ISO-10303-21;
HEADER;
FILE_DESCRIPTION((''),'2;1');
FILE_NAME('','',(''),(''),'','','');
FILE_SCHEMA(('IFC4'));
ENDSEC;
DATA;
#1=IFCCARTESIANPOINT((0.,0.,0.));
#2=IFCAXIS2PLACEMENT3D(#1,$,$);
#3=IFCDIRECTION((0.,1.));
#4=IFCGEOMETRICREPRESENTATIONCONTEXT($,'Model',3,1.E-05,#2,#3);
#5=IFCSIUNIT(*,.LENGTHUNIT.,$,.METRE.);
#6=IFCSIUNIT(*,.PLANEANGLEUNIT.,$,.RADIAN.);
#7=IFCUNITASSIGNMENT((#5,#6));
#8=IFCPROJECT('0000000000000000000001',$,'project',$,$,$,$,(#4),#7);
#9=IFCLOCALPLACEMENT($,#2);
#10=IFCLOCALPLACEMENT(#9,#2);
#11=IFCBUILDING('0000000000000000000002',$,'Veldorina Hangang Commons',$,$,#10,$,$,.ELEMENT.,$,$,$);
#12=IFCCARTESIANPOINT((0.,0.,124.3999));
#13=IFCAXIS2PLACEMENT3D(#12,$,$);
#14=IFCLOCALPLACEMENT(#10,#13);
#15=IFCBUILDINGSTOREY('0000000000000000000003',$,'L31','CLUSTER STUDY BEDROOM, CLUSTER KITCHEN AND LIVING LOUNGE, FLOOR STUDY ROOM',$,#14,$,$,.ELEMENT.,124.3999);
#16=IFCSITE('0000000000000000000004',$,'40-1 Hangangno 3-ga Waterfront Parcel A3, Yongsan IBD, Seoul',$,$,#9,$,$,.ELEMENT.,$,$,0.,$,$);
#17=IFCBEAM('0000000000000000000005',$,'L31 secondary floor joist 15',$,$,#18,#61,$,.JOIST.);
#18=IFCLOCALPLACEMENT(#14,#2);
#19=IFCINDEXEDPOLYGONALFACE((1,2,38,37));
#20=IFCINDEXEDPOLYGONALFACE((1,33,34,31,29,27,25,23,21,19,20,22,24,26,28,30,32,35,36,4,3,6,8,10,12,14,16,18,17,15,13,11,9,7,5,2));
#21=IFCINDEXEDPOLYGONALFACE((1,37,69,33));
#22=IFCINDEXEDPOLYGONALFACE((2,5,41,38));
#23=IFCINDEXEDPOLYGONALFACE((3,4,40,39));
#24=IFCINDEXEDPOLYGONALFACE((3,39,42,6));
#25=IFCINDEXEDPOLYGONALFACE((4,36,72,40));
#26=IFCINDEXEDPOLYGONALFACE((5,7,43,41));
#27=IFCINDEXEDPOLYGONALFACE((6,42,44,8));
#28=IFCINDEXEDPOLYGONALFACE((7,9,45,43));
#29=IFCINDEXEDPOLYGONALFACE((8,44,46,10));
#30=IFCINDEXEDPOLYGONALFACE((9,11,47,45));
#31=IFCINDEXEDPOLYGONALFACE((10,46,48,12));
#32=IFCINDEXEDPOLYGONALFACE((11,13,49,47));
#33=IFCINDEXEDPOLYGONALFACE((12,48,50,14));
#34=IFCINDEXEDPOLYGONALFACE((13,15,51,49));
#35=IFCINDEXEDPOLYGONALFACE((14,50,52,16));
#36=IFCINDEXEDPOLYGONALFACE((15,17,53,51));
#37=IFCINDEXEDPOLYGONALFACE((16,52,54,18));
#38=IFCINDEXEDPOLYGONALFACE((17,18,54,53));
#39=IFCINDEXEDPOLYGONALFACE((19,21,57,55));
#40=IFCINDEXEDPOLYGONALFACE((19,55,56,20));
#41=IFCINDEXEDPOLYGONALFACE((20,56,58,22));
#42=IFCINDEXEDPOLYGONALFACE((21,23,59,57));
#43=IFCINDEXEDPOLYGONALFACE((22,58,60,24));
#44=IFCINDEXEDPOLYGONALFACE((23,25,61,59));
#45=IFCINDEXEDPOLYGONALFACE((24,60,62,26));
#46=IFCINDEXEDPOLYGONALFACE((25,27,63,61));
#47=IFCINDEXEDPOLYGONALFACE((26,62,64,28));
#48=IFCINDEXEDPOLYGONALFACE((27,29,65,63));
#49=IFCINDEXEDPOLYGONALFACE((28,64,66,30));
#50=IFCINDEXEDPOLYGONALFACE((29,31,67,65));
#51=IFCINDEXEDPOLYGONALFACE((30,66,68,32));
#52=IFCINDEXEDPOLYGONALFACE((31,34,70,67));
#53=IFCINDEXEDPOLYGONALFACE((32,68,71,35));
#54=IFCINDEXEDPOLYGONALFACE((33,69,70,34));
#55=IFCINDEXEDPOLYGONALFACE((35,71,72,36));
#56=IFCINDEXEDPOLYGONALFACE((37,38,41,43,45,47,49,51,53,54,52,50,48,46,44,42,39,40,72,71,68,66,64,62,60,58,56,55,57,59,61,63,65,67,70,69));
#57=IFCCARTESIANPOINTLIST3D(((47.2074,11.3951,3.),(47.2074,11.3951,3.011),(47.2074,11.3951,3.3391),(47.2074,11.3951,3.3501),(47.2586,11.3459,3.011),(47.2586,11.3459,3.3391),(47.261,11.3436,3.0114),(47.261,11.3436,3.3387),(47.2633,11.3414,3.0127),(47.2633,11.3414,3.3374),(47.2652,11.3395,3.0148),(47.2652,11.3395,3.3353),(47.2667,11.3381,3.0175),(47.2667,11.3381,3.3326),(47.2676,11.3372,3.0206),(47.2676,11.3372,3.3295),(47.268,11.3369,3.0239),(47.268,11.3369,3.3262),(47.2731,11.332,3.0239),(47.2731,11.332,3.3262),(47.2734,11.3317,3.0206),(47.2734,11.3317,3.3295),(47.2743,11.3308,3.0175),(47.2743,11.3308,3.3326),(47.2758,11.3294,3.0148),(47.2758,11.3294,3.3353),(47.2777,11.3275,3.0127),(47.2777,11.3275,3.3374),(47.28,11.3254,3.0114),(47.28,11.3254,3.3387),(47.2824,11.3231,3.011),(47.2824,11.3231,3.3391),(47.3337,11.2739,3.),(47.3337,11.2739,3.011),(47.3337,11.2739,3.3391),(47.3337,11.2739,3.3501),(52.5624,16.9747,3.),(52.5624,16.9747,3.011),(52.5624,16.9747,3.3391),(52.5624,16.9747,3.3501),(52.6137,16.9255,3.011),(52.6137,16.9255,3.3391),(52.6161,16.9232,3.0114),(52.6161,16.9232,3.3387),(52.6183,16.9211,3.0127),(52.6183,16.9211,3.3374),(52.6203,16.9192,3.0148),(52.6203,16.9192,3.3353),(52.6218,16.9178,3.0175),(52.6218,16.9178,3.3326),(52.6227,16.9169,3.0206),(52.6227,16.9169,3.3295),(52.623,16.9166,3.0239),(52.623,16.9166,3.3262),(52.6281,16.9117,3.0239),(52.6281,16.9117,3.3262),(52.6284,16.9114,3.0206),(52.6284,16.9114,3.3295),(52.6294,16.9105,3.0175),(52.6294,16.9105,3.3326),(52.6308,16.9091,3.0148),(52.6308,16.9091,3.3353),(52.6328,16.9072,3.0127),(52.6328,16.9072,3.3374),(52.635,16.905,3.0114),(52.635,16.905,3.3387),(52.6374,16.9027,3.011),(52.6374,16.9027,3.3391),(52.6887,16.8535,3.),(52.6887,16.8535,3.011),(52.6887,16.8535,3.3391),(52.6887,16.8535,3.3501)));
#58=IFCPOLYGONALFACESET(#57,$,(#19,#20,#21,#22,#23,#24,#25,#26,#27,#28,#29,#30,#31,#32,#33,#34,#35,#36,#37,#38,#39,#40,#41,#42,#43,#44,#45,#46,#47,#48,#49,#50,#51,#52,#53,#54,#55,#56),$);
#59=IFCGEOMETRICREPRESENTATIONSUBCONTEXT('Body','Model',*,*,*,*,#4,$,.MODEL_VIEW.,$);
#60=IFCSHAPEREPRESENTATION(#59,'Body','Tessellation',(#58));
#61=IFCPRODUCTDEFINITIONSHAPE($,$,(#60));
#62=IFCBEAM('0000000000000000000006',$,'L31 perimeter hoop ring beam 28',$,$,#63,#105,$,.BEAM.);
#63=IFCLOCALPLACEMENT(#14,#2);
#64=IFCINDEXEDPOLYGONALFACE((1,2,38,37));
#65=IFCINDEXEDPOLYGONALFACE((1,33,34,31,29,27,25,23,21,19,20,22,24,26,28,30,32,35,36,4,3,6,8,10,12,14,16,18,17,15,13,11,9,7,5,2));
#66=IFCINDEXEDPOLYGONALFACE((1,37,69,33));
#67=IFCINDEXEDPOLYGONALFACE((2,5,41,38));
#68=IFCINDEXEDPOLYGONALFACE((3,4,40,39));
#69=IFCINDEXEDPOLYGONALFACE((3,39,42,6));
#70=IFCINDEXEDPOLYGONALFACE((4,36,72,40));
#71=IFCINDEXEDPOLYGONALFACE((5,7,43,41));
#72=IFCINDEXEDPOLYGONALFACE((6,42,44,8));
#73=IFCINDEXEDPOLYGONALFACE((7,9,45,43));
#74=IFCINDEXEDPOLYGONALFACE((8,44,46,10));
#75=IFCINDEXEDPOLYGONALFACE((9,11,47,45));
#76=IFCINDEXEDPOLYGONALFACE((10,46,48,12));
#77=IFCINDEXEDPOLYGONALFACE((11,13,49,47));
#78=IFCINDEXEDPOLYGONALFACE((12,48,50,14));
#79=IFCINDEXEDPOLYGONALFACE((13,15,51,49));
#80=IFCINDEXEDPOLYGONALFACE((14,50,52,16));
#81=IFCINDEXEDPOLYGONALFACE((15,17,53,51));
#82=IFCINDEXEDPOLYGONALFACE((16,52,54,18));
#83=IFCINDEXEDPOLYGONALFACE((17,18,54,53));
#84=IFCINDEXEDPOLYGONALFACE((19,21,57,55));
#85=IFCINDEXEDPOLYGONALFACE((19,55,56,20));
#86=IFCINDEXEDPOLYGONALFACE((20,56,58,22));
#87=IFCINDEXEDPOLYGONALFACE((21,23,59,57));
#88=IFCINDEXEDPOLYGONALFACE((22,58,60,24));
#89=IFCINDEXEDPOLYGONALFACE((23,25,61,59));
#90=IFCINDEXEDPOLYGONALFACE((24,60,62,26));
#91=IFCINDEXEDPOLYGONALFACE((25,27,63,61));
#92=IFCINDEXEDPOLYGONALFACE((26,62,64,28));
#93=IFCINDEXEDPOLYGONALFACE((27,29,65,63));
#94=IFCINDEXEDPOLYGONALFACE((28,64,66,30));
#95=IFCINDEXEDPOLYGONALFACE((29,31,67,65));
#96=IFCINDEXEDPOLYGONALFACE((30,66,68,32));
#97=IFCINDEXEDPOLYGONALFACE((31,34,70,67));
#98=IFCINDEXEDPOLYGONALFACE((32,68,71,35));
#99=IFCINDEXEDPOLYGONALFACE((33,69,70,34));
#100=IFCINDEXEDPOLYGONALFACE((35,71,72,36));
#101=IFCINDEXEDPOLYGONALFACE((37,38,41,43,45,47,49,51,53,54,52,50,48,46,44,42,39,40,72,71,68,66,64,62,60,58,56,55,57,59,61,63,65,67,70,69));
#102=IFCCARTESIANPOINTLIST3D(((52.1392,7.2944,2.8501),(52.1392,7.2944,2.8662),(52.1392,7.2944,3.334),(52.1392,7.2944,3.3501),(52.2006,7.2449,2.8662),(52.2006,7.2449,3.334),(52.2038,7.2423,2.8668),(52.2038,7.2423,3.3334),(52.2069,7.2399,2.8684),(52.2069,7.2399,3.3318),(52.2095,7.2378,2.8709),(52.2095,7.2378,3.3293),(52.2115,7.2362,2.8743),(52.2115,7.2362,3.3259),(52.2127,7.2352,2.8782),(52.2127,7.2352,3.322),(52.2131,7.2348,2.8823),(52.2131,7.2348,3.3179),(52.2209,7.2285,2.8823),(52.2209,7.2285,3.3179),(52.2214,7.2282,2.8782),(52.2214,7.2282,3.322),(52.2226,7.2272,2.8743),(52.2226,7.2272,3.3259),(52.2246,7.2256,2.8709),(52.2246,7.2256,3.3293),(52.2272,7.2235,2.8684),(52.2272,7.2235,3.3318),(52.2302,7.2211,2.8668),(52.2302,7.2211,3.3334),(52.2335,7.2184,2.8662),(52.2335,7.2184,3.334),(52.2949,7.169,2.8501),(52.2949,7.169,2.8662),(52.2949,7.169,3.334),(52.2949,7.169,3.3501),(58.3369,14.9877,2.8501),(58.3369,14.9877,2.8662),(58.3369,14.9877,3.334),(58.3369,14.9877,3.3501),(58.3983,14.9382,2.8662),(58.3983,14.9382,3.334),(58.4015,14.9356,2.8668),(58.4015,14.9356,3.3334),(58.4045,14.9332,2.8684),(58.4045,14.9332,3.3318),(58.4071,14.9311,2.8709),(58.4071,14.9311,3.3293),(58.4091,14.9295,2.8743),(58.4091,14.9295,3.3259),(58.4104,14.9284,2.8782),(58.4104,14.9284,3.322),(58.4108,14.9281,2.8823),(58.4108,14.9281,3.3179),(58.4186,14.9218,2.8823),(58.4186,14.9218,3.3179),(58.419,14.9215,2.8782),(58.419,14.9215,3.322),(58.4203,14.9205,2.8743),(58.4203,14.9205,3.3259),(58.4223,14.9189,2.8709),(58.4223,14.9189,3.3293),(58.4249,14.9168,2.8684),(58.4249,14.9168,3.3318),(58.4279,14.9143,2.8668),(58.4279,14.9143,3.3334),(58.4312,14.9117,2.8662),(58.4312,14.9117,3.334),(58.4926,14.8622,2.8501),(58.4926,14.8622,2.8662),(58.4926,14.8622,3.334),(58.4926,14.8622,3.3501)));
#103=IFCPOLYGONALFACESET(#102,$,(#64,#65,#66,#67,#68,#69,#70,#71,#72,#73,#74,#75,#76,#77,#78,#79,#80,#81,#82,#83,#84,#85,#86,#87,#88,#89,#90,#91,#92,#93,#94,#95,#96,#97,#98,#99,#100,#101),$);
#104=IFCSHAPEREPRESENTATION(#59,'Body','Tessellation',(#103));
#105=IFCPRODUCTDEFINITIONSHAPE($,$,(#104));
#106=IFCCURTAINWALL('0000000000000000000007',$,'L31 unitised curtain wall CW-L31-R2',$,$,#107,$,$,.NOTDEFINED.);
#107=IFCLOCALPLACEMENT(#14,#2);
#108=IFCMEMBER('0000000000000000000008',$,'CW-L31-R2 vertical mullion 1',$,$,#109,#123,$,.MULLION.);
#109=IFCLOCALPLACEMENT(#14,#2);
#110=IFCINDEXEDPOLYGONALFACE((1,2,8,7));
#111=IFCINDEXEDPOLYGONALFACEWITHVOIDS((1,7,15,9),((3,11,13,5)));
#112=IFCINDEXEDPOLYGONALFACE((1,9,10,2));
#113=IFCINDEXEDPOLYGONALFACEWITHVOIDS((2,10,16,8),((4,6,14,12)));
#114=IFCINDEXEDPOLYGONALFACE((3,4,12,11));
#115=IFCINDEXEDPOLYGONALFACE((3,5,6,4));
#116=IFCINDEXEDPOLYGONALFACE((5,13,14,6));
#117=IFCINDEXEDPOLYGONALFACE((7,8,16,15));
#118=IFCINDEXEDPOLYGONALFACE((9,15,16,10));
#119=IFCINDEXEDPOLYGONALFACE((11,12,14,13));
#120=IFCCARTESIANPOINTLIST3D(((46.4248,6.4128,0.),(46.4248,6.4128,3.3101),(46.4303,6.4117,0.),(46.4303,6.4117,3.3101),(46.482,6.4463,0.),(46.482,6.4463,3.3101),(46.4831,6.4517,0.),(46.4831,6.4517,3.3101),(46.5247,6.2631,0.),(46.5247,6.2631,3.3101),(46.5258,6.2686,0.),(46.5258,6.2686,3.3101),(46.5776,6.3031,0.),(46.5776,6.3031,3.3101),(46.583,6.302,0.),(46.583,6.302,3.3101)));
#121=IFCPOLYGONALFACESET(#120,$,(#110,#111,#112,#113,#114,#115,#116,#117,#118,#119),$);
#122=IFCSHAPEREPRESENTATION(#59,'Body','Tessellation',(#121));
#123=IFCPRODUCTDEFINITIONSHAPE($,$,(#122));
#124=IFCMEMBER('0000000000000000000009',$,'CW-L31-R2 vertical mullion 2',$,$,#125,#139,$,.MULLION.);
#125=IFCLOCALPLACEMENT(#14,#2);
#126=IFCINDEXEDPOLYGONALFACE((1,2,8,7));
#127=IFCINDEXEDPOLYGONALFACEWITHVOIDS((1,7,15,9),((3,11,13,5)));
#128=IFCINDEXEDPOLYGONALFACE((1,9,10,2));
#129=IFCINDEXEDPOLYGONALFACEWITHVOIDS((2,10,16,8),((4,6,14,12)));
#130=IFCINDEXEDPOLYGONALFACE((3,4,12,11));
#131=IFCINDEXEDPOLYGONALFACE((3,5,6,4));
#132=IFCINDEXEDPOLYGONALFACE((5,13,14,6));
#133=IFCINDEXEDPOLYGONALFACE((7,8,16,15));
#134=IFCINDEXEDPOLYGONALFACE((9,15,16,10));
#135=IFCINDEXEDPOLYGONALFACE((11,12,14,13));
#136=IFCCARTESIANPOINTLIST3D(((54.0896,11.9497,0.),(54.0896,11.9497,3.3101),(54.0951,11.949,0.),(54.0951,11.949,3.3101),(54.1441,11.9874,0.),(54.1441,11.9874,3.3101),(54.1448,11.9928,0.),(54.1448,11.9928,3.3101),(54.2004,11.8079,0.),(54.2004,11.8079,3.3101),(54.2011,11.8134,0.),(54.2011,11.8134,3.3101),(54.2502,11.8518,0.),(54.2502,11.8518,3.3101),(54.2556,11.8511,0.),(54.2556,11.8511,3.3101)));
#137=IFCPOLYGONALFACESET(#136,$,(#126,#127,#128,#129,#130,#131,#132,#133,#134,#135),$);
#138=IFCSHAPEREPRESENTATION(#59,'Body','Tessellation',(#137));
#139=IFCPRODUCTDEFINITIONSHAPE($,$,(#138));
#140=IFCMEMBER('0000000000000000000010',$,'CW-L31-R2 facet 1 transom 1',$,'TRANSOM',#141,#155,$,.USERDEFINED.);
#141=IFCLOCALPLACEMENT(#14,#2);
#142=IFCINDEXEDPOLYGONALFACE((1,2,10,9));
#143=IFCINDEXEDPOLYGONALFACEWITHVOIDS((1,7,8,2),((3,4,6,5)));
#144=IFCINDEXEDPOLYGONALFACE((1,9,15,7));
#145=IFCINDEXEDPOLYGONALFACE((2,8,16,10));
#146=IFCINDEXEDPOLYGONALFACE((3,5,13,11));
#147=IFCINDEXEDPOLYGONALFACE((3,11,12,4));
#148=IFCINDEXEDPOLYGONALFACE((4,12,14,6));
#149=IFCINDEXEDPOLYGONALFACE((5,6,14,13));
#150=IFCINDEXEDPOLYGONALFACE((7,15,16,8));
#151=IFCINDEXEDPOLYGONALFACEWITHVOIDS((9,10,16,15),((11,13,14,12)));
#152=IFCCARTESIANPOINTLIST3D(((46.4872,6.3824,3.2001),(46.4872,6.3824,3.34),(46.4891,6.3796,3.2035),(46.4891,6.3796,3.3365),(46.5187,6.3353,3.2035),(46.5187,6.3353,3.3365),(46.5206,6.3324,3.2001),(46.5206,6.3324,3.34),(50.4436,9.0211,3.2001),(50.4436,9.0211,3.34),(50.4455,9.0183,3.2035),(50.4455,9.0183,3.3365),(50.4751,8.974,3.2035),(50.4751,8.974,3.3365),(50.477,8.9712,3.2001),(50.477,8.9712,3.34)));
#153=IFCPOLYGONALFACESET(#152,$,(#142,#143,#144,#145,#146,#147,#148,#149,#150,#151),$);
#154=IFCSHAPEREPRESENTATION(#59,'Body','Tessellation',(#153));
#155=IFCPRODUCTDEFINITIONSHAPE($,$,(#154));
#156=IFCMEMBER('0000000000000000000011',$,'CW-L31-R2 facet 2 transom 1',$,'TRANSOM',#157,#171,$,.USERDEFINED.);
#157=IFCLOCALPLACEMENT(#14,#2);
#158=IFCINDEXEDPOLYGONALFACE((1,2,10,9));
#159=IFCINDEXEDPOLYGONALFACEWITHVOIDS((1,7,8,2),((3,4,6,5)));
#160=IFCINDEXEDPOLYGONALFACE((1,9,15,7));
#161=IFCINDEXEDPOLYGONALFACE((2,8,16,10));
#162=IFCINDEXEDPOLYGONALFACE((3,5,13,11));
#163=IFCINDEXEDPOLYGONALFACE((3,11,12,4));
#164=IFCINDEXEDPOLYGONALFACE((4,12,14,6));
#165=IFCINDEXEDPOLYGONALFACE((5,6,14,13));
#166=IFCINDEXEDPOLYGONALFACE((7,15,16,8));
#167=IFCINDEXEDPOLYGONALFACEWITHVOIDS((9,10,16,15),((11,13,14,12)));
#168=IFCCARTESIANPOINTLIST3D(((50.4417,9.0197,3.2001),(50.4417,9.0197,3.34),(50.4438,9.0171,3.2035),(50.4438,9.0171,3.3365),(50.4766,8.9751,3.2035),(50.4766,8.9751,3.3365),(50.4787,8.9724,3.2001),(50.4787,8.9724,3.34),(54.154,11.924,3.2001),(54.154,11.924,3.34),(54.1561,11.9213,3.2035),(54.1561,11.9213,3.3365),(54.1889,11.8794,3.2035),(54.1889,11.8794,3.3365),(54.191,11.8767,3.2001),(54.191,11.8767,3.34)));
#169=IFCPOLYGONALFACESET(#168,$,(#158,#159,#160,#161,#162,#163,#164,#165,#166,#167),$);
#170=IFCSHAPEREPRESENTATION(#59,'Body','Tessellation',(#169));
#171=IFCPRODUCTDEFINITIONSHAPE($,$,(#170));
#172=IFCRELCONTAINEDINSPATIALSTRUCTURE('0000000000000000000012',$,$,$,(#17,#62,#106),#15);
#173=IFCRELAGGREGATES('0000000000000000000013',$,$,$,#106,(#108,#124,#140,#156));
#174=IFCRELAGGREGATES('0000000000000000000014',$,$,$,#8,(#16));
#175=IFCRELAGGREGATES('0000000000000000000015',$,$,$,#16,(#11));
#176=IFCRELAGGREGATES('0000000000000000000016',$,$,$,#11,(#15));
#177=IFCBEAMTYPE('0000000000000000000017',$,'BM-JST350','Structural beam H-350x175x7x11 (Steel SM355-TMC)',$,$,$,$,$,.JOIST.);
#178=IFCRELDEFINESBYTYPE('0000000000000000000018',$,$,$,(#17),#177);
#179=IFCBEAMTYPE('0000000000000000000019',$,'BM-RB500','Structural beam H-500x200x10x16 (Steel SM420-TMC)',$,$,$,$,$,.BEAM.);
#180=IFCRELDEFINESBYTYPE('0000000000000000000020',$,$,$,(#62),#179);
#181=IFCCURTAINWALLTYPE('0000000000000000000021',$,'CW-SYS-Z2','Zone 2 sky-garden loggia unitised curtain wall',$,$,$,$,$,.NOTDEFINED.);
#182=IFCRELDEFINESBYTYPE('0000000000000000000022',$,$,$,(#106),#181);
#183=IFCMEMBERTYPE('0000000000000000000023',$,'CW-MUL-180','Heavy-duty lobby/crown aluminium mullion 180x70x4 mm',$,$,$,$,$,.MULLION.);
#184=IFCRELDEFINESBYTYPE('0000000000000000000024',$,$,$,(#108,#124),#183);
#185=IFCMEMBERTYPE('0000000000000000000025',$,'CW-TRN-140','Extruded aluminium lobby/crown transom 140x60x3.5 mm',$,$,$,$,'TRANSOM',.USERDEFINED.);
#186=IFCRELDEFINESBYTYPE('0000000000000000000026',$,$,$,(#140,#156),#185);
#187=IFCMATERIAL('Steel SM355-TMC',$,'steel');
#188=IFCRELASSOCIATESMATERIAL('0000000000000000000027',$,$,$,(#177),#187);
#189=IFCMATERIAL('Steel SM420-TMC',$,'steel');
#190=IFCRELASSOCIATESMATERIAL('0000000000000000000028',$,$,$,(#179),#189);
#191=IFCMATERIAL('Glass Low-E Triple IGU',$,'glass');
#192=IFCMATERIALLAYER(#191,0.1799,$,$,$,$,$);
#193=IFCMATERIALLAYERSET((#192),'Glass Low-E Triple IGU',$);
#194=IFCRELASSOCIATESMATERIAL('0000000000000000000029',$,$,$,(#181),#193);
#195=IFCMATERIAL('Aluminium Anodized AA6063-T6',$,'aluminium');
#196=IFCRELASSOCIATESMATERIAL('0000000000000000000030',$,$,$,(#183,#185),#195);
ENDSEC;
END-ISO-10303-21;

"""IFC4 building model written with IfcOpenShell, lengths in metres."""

from ifc_helpers import new_model, si_unit, direction, frame, origin, origin_2d, place, context, subcontext, project, spatial, hollow_rectangle, i_section, extrude, material, layer, layer_set, material_profile, profile_set, type_object, element, aggregate, save


model = new_model("IFC4")

# Units and contexts
model_context = context("Model", 3, precision=1e-05, world=origin(), true_north=direction((0.0, 1.0)))
body_context = subcontext(model_context, "Body", "Model", "MODEL_VIEW")
ifc_project = project(units=[si_unit("LENGTHUNIT", "METRE"), si_unit("PLANEANGLEUNIT", "RADIAN")], contexts=[model_context])

# Site, building, storey
site_placement = place(None, origin())
site = spatial("IfcSite", under=ifc_project, at=site_placement, Name="40-1 Hangangno 3-ga Waterfront Parcel A3, Yongsan IBD, Seoul", CompositionType="ELEMENT", RefElevation=0.0)
building_placement = place(site_placement, origin())
building = spatial("IfcBuilding", under=site, at=building_placement, Name="Veldorina Hangang Commons", CompositionType="ELEMENT")
storey_placement = place(building_placement, frame((0.0, 0.0, 124.3999)))
storey = spatial("IfcBuildingStorey", under=building, at=storey_placement, Name="L31", Description="CLUSTER STUDY BEDROOM, CLUSTER KITCHEN AND LIVING LOUNGE, FLOOR STUDY ROOM", CompositionType="ELEMENT", Elevation=124.3999)

# Beams
ifc_material_1 = material(Name="Steel SM355-TMC", Category="steel")
ifc_material_profile_1 = material_profile(ifc_material_1, i_section(OverallWidth=0.175, OverallDepth=0.3501, WebThickness=0.0071, FlangeThickness=0.011, FilletRadius=0.0129, at=origin_2d()), Name="H-350x175x7x11")
ifc_profile_set_1 = profile_set([ifc_material_profile_1], Name="Steel SM355-TMC")
beam_type_1 = type_object("IfcBeamType", Name="BM-JST350", Description="Structural beam H-350x175x7x11 (Steel SM355-TMC)", PredefinedType="JOIST", material=ifc_profile_set_1)
beam_1_placement = place(storey_placement, frame((47.2705, 11.3345, 3.175), z_axis=(0.692436, 0.721479, 0.0), x_axis=(-0.721479, 0.692436, 0.0)))
element("IfcBeam", 1, at=beam_1_placement, inside=storey, type_object=beam_type_1, Name="L31 secondary floor joist 15", PredefinedType="JOIST", context=body_context, shape_type="SweptSolid", body=[
    extrude(i_section(OverallWidth=0.175, OverallDepth=0.3501, WebThickness=0.0071, FlangeThickness=0.011, FilletRadius=0.0129, at=origin_2d()), origin(), (0.0, 0.0, 1.0), 7.7336),
])
ifc_material_2 = material(Name="Steel SM420-TMC", Category="steel")
ifc_material_profile_2 = material_profile(ifc_material_2, i_section(OverallWidth=0.2, OverallDepth=0.5, WebThickness=0.01, FlangeThickness=0.0161, FilletRadius=0.0161, at=origin_2d()), Name="H-500x200x10x16")
ifc_profile_set_2 = profile_set([ifc_material_profile_2], Name="Steel SM420-TMC")
beam_type_2 = type_object("IfcBeamType", Name="BM-RB500", Description="Structural beam H-500x200x10x16 (Steel SM420-TMC)", PredefinedType="BEAM", material=ifc_profile_set_2)
beam_2_placement = place(storey_placement, frame((52.217, 7.2317, 3.1001), z_axis=(0.62735, 0.778738, 0.0), x_axis=(-0.778738, 0.62735, 0.0)))
element("IfcBeam", 2, at=beam_2_placement, inside=storey, type_object=beam_type_2, Name="L31 perimeter hoop ring beam 28", PredefinedType="BEAM", context=body_context, shape_type="SweptSolid", body=[
    extrude(i_section(OverallWidth=0.2, OverallDepth=0.5, WebThickness=0.01, FlangeThickness=0.0161, FilletRadius=0.0161, at=origin_2d()), origin(), (0.0, 0.0, 1.0), 9.8792),
])

# Curtain wall, members
ifc_material_3 = material(Name="Glass Low-E Triple IGU", Category="glass")
ifc_layer_1 = layer(ifc_material_3, 0.1799)
ifc_layer_set_1 = layer_set([ifc_layer_1], Name="Glass Low-E Triple IGU")
curtain_wall_type = type_object("IfcCurtainWallType", Name="CW-SYS-Z2", Description="Zone 2 sky-garden loggia unitised curtain wall", PredefinedType="NOTDEFINED", material=ifc_layer_set_1)
curtain_wall_placement = place(storey_placement, origin())
curtain_wall = element("IfcCurtainWall", 3, at=curtain_wall_placement, inside=storey, type_object=curtain_wall_type, Name="L31 unitised curtain wall CW-L31-R2", PredefinedType="NOTDEFINED")
ifc_material_4 = material(Name="Aluminium Anodized AA6063-T6", Category="aluminium")
ifc_material_profile_3 = material_profile(ifc_material_4, hollow_rectangle(XDim=0.0701, YDim=0.1799, WallThickness=0.0039, at=origin_2d()), Name="ALU-RHS-180x70x4")
ifc_profile_set_3 = profile_set([ifc_material_profile_3], Name="Aluminium Anodized AA6063-T6")
member_type_1 = type_object("IfcMemberType", Name="CW-MUL-180", Description="Heavy-duty lobby/crown aluminium mullion 180x70x4 mm", PredefinedType="MULLION", material=ifc_profile_set_3)
member_1_placement = place(storey_placement, frame((46.5039, 6.3574, 0.0), z_axis=(0.0, 0.0, 1.0), x_axis=(0.831925, 0.554888, 0.0)))
member_1 = element("IfcMember", 4, at=member_1_placement, type_object=member_type_1, Name="CW-L31-R2 vertical mullion 1", PredefinedType="MULLION", context=body_context, shape_type="SweptSolid", body=[
    extrude(hollow_rectangle(XDim=0.0701, YDim=0.1799, WallThickness=0.0039, at=origin_2d()), origin(), (0.0, 0.0, 1.0), 3.3101),
])
member_2_placement = place(storey_placement, frame((54.1726, 11.9004, 0.0), z_axis=(0.0, 0.0, 1.0), x_axis=(-0.787602, -0.616184, 0.0)))
member_2 = element("IfcMember", 5, at=member_2_placement, type_object=member_type_1, Name="CW-L31-R2 vertical mullion 2", PredefinedType="MULLION", context=body_context, shape_type="SweptSolid", body=[
    extrude(hollow_rectangle(XDim=0.0701, YDim=0.1799, WallThickness=0.0039, at=origin_2d()), origin(), (0.0, 0.0, 1.0), 3.3101),
])
ifc_material_profile_4 = material_profile(ifc_material_4, hollow_rectangle(XDim=0.0601, YDim=0.1399, WallThickness=0.0034, at=origin_2d()), Name="ALU-RHS-140x60x3.5")
ifc_profile_set_4 = profile_set([ifc_material_profile_4], Name="Aluminium Anodized AA6063-T6")
member_type_2 = type_object("IfcMemberType", Name="CW-TRN-140", Description="Extruded aluminium lobby/crown transom 140x60x3.5 mm", ElementType="TRANSOM", PredefinedType="USERDEFINED", material=ifc_profile_set_4)
member_3_placement = place(storey_placement, frame((46.5039, 6.3574, 3.27), z_axis=(0.83194, 0.554866, 0.0), x_axis=(-0.554866, 0.83194, 0.0)))
member_3 = element("IfcMember", 6, at=member_3_placement, type_object=member_type_2, Name="CW-L31-R2 facet 1 transom 1", ObjectType="TRANSOM", PredefinedType="USERDEFINED", context=body_context, shape_type="SweptSolid", body=[
    extrude(hollow_rectangle(XDim=0.0601, YDim=0.1399, WallThickness=0.0034, at=origin_2d()), origin(), (0.0, 0.0, 1.0), 4.7556),
])
member_4_placement = place(storey_placement, frame((50.4602, 8.9961, 3.27), z_axis=(0.787614, 0.616169, 0.0), x_axis=(-0.616169, 0.787614, 0.0)))
member_4 = element("IfcMember", 7, at=member_4_placement, type_object=member_type_2, Name="CW-L31-R2 facet 2 transom 1", ObjectType="TRANSOM", PredefinedType="USERDEFINED", context=body_context, shape_type="SweptSolid", body=[
    extrude(hollow_rectangle(XDim=0.0601, YDim=0.1399, WallThickness=0.0034, at=origin_2d()), origin(), (0.0, 0.0, 1.0), 4.7134),
])

aggregate(curtain_wall, [member_1, member_2, member_3, member_4])

save(model, "model.ifc")
